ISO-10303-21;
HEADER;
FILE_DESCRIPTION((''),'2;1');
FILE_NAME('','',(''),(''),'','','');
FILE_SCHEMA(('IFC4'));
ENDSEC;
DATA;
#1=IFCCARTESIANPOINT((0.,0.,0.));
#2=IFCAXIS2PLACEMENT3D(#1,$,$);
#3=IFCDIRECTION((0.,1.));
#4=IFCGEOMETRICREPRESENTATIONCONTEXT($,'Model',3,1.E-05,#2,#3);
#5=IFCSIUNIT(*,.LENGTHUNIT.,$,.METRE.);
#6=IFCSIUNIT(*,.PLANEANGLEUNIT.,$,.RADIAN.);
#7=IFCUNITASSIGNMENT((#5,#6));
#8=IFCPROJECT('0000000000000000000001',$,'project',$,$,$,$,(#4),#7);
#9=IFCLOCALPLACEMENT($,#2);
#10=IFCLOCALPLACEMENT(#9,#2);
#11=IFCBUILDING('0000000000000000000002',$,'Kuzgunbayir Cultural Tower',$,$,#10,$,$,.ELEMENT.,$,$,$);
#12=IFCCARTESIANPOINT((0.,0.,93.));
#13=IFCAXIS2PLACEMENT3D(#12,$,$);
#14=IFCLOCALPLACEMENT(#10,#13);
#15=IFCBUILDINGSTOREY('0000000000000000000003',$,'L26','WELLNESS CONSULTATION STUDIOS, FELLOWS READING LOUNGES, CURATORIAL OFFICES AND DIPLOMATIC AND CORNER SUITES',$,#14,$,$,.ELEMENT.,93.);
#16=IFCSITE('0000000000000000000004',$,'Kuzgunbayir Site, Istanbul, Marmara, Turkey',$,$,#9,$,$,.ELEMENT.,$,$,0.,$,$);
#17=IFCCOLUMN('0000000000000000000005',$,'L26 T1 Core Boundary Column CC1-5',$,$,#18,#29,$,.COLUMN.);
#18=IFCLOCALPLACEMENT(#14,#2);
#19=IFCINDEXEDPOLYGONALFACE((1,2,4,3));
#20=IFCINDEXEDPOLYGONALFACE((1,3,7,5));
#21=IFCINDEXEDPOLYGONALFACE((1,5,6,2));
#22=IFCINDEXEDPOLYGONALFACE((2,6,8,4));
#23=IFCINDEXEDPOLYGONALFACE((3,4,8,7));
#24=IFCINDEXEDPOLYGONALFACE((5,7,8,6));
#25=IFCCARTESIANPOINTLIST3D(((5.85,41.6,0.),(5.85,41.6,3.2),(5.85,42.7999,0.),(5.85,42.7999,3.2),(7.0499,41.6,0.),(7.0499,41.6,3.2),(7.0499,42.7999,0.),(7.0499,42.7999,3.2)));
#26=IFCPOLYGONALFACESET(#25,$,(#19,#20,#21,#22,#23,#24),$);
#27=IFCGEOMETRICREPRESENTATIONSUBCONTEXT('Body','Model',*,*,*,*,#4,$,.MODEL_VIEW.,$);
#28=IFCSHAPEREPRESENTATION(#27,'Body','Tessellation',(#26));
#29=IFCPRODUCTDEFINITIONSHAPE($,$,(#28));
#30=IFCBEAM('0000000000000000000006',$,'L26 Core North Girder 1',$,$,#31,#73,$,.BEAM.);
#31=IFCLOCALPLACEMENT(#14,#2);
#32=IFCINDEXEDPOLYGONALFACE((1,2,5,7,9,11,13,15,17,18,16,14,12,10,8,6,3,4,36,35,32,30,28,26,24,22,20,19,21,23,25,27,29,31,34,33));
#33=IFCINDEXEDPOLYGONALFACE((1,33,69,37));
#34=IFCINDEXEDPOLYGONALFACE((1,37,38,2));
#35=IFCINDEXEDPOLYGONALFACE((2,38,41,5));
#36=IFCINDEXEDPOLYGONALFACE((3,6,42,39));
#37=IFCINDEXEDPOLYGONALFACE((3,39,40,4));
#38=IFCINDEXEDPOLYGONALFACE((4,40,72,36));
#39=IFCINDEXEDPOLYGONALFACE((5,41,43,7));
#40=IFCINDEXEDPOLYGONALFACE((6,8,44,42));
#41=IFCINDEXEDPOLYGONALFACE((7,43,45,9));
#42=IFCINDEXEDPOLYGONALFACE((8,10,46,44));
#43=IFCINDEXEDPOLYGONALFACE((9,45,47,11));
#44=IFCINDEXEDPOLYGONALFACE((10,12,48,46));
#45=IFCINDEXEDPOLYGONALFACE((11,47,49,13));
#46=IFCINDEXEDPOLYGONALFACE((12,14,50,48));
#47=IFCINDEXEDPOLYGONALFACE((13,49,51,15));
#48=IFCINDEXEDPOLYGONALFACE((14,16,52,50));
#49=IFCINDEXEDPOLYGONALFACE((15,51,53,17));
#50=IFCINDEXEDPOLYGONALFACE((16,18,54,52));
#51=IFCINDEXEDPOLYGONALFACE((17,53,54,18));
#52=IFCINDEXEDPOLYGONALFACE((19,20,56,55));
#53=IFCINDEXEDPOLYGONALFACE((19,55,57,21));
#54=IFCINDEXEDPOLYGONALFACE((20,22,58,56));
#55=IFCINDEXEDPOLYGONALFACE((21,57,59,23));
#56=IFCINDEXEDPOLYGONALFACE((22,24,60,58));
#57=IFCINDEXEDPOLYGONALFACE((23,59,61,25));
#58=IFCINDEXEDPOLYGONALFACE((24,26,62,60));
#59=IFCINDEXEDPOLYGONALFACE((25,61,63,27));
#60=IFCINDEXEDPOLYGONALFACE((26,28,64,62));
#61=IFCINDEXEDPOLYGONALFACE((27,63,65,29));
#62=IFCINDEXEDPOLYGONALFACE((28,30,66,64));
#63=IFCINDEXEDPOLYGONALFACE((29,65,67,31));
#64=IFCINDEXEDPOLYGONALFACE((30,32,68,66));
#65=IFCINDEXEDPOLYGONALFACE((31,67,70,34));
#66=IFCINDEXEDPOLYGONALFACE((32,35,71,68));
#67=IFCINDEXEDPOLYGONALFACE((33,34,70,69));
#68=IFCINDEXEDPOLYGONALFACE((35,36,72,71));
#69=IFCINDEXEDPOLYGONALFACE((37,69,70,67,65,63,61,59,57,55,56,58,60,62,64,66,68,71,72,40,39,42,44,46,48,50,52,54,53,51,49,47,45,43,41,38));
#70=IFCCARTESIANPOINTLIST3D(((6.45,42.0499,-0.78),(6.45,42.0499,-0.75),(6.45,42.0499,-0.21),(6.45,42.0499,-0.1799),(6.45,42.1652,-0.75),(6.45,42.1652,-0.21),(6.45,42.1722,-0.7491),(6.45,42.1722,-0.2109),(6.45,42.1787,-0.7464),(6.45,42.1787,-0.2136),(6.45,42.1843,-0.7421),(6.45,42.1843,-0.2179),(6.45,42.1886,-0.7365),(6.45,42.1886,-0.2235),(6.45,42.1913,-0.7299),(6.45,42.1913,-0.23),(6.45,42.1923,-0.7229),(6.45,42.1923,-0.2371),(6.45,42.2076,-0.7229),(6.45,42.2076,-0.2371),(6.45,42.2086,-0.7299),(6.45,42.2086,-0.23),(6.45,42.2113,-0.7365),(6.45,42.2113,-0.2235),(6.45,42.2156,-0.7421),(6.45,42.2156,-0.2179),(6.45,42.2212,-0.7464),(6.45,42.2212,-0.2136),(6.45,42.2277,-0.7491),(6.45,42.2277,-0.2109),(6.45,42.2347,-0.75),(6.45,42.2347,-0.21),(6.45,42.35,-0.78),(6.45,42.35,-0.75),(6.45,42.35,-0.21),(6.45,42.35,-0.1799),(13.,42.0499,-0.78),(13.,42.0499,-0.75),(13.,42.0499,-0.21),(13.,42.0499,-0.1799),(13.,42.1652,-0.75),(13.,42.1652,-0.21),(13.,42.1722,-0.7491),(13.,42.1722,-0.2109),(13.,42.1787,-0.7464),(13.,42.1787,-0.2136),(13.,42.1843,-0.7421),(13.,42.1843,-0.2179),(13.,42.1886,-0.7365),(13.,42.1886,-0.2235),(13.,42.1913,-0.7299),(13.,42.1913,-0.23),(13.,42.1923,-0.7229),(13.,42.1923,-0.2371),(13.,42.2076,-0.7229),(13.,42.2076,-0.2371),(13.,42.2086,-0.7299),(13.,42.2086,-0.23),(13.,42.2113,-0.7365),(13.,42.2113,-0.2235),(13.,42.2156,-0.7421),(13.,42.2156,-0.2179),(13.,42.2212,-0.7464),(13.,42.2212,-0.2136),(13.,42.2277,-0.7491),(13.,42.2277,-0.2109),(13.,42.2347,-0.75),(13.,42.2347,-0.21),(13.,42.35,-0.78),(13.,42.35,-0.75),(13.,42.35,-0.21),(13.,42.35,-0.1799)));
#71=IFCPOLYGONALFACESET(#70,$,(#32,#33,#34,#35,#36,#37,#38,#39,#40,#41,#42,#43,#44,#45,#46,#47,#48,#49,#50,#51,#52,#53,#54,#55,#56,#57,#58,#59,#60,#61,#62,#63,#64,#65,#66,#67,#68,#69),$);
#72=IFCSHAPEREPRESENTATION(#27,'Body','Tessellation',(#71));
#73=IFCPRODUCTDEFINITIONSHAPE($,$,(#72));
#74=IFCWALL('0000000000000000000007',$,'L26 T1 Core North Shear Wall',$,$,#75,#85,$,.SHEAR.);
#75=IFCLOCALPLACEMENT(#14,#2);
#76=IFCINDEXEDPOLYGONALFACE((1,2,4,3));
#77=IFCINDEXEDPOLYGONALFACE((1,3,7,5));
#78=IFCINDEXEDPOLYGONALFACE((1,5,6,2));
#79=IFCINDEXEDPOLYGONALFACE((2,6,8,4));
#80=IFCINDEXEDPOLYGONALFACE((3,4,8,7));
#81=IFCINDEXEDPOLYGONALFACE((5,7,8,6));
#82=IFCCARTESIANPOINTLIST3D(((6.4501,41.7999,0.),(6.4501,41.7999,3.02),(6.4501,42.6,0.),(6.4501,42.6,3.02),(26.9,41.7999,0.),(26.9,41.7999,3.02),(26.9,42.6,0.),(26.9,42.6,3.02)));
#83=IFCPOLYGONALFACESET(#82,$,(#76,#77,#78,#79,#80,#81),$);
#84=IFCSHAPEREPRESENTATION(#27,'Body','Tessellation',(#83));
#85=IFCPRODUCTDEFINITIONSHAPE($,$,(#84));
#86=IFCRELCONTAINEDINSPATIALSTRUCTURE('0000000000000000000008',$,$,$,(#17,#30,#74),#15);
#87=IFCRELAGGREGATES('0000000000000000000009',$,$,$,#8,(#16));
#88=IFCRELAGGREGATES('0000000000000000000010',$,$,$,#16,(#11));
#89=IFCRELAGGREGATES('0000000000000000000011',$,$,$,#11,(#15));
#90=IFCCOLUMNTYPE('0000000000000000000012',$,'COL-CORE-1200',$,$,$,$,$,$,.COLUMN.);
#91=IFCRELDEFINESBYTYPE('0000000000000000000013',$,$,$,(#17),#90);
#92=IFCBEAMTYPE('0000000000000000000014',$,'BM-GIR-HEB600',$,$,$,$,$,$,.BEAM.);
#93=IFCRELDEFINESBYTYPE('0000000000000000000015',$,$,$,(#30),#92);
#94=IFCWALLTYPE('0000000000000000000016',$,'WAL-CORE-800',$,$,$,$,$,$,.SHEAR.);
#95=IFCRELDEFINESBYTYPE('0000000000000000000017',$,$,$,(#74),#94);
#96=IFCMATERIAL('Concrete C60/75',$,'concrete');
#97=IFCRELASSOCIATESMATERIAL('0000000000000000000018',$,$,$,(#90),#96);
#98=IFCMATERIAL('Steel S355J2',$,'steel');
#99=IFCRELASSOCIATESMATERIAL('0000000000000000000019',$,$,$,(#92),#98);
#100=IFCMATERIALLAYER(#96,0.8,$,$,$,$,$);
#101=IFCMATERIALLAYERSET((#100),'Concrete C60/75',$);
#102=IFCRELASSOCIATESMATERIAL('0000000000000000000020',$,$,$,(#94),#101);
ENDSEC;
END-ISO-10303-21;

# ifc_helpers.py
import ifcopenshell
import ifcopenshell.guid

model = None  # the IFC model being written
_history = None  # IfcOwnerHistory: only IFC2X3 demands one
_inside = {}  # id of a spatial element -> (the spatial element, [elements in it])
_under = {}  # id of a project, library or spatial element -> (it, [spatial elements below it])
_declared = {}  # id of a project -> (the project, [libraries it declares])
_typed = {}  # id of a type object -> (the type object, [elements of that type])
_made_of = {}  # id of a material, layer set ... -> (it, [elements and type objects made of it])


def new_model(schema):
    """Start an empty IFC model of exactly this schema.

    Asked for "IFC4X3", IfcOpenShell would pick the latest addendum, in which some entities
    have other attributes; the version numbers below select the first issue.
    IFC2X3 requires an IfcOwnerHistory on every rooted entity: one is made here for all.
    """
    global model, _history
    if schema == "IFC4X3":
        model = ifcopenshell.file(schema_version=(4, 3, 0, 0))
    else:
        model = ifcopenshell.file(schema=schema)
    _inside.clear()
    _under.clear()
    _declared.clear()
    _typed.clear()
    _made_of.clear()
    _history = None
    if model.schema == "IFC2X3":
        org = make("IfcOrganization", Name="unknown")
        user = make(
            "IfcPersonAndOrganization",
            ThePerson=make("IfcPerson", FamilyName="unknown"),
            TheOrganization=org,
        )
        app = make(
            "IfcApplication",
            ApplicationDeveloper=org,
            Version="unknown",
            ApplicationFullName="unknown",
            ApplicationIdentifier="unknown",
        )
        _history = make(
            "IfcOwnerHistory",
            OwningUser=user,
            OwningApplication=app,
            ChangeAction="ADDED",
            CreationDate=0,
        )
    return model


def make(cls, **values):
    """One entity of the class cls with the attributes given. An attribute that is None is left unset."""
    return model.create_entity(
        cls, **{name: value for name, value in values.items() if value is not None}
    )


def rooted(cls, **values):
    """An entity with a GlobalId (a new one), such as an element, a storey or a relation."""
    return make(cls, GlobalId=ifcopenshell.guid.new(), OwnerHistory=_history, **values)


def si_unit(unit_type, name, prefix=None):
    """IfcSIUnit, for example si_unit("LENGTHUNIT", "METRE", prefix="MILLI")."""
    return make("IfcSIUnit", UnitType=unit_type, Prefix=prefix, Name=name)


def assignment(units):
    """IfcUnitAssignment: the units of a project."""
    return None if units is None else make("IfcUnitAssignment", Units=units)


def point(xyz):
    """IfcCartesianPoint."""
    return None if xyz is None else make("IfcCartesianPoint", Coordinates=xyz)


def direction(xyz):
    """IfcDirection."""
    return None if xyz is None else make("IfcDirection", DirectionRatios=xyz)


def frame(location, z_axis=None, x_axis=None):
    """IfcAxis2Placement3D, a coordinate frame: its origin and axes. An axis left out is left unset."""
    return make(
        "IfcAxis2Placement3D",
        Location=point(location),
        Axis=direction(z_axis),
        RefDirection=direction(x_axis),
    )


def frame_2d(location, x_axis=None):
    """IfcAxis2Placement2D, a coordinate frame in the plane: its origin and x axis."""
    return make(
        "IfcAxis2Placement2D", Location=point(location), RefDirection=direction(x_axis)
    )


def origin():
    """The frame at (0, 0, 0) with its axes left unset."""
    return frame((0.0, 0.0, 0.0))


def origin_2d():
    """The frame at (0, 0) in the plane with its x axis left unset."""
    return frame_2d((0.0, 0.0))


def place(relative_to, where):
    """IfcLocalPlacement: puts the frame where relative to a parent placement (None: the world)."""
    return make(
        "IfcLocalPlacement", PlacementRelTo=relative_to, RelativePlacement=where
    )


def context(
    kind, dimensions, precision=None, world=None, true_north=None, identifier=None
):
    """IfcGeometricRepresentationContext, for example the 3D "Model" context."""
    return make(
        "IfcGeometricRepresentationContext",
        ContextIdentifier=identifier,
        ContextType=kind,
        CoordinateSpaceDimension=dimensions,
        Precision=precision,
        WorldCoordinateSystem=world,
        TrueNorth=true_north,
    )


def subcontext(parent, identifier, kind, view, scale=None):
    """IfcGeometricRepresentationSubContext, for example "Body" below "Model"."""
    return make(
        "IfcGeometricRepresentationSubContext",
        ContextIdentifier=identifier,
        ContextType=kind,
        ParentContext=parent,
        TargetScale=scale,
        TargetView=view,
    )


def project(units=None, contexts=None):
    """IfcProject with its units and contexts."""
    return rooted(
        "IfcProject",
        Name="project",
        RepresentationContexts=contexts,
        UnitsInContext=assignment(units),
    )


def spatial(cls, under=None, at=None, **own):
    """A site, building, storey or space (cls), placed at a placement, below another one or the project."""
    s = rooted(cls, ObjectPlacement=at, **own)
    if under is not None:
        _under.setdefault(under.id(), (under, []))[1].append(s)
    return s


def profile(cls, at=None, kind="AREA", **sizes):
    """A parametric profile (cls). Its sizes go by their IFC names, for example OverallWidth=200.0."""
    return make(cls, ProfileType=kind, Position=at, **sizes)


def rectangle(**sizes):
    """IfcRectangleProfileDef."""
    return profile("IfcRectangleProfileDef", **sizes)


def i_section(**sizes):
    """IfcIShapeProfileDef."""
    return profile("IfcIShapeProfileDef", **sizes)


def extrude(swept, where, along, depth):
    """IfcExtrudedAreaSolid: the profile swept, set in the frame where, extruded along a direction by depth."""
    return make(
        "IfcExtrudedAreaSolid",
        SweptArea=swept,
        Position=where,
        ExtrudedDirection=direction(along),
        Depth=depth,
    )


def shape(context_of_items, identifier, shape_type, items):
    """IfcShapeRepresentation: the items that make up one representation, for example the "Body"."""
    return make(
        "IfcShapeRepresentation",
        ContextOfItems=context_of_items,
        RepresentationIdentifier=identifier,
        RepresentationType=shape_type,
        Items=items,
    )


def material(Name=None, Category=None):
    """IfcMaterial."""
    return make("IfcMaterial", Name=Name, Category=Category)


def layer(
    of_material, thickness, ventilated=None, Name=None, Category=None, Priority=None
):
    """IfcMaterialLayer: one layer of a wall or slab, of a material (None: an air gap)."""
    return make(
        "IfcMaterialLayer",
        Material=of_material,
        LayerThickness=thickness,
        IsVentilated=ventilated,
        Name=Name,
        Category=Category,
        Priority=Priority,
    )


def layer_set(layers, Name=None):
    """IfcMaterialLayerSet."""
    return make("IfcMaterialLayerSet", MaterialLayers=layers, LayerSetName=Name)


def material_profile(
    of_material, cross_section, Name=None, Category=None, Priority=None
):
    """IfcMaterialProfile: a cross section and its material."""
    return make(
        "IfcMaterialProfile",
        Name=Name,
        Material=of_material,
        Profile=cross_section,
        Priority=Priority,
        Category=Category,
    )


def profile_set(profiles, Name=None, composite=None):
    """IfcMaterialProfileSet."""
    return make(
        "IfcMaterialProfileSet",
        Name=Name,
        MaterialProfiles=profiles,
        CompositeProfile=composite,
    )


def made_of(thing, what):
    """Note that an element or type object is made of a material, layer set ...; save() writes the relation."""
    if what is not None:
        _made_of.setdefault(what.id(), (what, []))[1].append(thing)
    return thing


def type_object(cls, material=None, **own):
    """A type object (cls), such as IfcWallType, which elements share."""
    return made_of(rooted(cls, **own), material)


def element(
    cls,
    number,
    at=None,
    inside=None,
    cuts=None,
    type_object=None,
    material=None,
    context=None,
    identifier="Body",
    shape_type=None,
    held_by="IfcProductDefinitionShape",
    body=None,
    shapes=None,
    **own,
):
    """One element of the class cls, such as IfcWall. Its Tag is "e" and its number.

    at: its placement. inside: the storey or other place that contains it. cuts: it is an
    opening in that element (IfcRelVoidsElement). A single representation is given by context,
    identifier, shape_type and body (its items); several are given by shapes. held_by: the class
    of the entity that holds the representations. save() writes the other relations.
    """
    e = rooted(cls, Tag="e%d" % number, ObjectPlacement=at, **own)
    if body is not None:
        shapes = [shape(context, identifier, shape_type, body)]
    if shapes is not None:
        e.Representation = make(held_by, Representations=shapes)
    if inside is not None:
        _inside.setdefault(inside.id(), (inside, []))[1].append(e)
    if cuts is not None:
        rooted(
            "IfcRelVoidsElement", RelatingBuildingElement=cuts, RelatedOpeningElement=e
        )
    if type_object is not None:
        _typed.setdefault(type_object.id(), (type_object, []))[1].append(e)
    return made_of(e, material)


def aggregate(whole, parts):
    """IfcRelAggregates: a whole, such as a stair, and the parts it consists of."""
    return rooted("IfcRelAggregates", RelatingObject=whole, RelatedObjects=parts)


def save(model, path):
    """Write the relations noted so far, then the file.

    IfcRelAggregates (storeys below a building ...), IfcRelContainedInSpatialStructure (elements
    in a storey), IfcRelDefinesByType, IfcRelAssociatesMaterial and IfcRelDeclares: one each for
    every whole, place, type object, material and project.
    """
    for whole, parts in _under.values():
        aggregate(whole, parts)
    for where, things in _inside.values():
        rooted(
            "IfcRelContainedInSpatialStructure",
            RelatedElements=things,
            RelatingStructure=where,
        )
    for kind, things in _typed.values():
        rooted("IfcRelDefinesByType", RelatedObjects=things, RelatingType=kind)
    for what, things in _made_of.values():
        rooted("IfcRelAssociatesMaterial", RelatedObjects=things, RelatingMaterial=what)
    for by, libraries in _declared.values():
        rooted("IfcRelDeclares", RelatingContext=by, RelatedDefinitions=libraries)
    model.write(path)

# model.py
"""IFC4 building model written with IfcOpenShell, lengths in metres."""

from ifc_helpers import new_model, si_unit, direction, frame, frame_2d, origin, origin_2d, place, context, subcontext, project, spatial, rectangle, i_section, extrude, material, layer, layer_set, material_profile, profile_set, type_object, element, save


model = new_model("IFC4")

# Units and contexts
model_context = context("Model", 3, precision=1e-05, world=origin(), true_north=direction((0.0, 1.0)))
body_context = subcontext(model_context, "Body", "Model", "MODEL_VIEW")
ifc_project = project(units=[si_unit("LENGTHUNIT", "METRE"), si_unit("PLANEANGLEUNIT", "RADIAN")], contexts=[model_context])

# Site, building, storey
site_placement = place(None, origin())
site = spatial("IfcSite", under=ifc_project, at=site_placement, Name="Kuzgunbayir Site, Istanbul, Marmara, Turkey", CompositionType="ELEMENT", RefElevation=0.0)
building_placement = place(site_placement, origin())
building = spatial("IfcBuilding", under=site, at=building_placement, Name="Kuzgunbayir Cultural Tower", CompositionType="ELEMENT")
storey_placement = place(building_placement, frame((0.0, 0.0, 93.0)))
storey = spatial("IfcBuildingStorey", under=building, at=storey_placement, Name="L26", Description="WELLNESS CONSULTATION STUDIOS, FELLOWS READING LOUNGES, CURATORIAL OFFICES AND DIPLOMATIC AND CORNER SUITES", CompositionType="ELEMENT", Elevation=93.0)

# Column
ifc_material_1 = material(Name="Concrete C60/75", Category="concrete")
ifc_material_profile_1 = material_profile(ifc_material_1, rectangle(XDim=1.2, YDim=1.2, at=origin_2d()), Name="RC 1200x1200")
ifc_profile_set_1 = profile_set([ifc_material_profile_1], Name="Concrete C60/75")
column_type = type_object("IfcColumnType", Name="COL-CORE-1200", PredefinedType="COLUMN", material=ifc_profile_set_1)
column_placement = place(storey_placement, frame((6.45, 42.2, 0.0), z_axis=(0.0, 0.0, 1.0), x_axis=(1.0, 0.0, 0.0)))
element("IfcColumn", 1, at=column_placement, inside=storey, type_object=column_type, Name="L26 T1 Core Boundary Column CC1-5", PredefinedType="COLUMN", context=body_context, shape_type="SweptSolid", body=[
    extrude(rectangle(XDim=1.2, YDim=1.2, at=origin_2d()), origin(), (0.0, 0.0, 1.0), 3.2),
])

# Beam
ifc_material_2 = material(Name="Steel S355J2", Category="steel")
ifc_material_profile_2 = material_profile(ifc_material_2, i_section(OverallWidth=0.3, OverallDepth=0.6001, WebThickness=0.0154, FlangeThickness=0.03, FilletRadius=0.0271, at=origin_2d()), Name="HEB 600")
ifc_profile_set_2 = profile_set([ifc_material_profile_2], Name="Steel S355J2")
beam_type = type_object("IfcBeamType", Name="BM-GIR-HEB600", PredefinedType="BEAM", material=ifc_profile_set_2)
beam_placement = place(storey_placement, frame((6.45, 42.2, -0.48), z_axis=(1.0, 0.0, 0.0), x_axis=(0.0, 1.0, 0.0)))
element("IfcBeam", 2, at=beam_placement, inside=storey, type_object=beam_type, Name="L26 Core North Girder 1", PredefinedType="BEAM", context=body_context, shape_type="SweptSolid", body=[
    extrude(i_section(OverallWidth=0.3, OverallDepth=0.6001, WebThickness=0.0154, FlangeThickness=0.03, FilletRadius=0.0271, at=origin_2d()), origin(), (0.0, 0.0, 1.0), 6.55),
])

# Wall
ifc_layer_1 = layer(ifc_material_1, 0.8)
ifc_layer_set_1 = layer_set([ifc_layer_1], Name="Concrete C60/75")
wall_type_1 = type_object("IfcWallType", Name="WAL-CORE-800", PredefinedType="SHEAR", material=ifc_layer_set_1)
wall_1_placement = place(storey_placement, frame((6.45, 42.2, 0.0), z_axis=(0.0, 0.0, 1.0), x_axis=(1.0, 0.0, 0.0)))
element("IfcWall", 3, at=wall_1_placement, inside=storey, type_object=wall_type_1, Name="L26 T1 Core North Shear Wall", PredefinedType="SHEAR", context=body_context, shape_type="SweptSolid", body=[
    extrude(rectangle(XDim=20.45, YDim=0.8, at=frame_2d((10.2251, 0.0))), origin(), (0.0, 0.0, 1.0), 3.02),
])

save(model, "model.ifc")
